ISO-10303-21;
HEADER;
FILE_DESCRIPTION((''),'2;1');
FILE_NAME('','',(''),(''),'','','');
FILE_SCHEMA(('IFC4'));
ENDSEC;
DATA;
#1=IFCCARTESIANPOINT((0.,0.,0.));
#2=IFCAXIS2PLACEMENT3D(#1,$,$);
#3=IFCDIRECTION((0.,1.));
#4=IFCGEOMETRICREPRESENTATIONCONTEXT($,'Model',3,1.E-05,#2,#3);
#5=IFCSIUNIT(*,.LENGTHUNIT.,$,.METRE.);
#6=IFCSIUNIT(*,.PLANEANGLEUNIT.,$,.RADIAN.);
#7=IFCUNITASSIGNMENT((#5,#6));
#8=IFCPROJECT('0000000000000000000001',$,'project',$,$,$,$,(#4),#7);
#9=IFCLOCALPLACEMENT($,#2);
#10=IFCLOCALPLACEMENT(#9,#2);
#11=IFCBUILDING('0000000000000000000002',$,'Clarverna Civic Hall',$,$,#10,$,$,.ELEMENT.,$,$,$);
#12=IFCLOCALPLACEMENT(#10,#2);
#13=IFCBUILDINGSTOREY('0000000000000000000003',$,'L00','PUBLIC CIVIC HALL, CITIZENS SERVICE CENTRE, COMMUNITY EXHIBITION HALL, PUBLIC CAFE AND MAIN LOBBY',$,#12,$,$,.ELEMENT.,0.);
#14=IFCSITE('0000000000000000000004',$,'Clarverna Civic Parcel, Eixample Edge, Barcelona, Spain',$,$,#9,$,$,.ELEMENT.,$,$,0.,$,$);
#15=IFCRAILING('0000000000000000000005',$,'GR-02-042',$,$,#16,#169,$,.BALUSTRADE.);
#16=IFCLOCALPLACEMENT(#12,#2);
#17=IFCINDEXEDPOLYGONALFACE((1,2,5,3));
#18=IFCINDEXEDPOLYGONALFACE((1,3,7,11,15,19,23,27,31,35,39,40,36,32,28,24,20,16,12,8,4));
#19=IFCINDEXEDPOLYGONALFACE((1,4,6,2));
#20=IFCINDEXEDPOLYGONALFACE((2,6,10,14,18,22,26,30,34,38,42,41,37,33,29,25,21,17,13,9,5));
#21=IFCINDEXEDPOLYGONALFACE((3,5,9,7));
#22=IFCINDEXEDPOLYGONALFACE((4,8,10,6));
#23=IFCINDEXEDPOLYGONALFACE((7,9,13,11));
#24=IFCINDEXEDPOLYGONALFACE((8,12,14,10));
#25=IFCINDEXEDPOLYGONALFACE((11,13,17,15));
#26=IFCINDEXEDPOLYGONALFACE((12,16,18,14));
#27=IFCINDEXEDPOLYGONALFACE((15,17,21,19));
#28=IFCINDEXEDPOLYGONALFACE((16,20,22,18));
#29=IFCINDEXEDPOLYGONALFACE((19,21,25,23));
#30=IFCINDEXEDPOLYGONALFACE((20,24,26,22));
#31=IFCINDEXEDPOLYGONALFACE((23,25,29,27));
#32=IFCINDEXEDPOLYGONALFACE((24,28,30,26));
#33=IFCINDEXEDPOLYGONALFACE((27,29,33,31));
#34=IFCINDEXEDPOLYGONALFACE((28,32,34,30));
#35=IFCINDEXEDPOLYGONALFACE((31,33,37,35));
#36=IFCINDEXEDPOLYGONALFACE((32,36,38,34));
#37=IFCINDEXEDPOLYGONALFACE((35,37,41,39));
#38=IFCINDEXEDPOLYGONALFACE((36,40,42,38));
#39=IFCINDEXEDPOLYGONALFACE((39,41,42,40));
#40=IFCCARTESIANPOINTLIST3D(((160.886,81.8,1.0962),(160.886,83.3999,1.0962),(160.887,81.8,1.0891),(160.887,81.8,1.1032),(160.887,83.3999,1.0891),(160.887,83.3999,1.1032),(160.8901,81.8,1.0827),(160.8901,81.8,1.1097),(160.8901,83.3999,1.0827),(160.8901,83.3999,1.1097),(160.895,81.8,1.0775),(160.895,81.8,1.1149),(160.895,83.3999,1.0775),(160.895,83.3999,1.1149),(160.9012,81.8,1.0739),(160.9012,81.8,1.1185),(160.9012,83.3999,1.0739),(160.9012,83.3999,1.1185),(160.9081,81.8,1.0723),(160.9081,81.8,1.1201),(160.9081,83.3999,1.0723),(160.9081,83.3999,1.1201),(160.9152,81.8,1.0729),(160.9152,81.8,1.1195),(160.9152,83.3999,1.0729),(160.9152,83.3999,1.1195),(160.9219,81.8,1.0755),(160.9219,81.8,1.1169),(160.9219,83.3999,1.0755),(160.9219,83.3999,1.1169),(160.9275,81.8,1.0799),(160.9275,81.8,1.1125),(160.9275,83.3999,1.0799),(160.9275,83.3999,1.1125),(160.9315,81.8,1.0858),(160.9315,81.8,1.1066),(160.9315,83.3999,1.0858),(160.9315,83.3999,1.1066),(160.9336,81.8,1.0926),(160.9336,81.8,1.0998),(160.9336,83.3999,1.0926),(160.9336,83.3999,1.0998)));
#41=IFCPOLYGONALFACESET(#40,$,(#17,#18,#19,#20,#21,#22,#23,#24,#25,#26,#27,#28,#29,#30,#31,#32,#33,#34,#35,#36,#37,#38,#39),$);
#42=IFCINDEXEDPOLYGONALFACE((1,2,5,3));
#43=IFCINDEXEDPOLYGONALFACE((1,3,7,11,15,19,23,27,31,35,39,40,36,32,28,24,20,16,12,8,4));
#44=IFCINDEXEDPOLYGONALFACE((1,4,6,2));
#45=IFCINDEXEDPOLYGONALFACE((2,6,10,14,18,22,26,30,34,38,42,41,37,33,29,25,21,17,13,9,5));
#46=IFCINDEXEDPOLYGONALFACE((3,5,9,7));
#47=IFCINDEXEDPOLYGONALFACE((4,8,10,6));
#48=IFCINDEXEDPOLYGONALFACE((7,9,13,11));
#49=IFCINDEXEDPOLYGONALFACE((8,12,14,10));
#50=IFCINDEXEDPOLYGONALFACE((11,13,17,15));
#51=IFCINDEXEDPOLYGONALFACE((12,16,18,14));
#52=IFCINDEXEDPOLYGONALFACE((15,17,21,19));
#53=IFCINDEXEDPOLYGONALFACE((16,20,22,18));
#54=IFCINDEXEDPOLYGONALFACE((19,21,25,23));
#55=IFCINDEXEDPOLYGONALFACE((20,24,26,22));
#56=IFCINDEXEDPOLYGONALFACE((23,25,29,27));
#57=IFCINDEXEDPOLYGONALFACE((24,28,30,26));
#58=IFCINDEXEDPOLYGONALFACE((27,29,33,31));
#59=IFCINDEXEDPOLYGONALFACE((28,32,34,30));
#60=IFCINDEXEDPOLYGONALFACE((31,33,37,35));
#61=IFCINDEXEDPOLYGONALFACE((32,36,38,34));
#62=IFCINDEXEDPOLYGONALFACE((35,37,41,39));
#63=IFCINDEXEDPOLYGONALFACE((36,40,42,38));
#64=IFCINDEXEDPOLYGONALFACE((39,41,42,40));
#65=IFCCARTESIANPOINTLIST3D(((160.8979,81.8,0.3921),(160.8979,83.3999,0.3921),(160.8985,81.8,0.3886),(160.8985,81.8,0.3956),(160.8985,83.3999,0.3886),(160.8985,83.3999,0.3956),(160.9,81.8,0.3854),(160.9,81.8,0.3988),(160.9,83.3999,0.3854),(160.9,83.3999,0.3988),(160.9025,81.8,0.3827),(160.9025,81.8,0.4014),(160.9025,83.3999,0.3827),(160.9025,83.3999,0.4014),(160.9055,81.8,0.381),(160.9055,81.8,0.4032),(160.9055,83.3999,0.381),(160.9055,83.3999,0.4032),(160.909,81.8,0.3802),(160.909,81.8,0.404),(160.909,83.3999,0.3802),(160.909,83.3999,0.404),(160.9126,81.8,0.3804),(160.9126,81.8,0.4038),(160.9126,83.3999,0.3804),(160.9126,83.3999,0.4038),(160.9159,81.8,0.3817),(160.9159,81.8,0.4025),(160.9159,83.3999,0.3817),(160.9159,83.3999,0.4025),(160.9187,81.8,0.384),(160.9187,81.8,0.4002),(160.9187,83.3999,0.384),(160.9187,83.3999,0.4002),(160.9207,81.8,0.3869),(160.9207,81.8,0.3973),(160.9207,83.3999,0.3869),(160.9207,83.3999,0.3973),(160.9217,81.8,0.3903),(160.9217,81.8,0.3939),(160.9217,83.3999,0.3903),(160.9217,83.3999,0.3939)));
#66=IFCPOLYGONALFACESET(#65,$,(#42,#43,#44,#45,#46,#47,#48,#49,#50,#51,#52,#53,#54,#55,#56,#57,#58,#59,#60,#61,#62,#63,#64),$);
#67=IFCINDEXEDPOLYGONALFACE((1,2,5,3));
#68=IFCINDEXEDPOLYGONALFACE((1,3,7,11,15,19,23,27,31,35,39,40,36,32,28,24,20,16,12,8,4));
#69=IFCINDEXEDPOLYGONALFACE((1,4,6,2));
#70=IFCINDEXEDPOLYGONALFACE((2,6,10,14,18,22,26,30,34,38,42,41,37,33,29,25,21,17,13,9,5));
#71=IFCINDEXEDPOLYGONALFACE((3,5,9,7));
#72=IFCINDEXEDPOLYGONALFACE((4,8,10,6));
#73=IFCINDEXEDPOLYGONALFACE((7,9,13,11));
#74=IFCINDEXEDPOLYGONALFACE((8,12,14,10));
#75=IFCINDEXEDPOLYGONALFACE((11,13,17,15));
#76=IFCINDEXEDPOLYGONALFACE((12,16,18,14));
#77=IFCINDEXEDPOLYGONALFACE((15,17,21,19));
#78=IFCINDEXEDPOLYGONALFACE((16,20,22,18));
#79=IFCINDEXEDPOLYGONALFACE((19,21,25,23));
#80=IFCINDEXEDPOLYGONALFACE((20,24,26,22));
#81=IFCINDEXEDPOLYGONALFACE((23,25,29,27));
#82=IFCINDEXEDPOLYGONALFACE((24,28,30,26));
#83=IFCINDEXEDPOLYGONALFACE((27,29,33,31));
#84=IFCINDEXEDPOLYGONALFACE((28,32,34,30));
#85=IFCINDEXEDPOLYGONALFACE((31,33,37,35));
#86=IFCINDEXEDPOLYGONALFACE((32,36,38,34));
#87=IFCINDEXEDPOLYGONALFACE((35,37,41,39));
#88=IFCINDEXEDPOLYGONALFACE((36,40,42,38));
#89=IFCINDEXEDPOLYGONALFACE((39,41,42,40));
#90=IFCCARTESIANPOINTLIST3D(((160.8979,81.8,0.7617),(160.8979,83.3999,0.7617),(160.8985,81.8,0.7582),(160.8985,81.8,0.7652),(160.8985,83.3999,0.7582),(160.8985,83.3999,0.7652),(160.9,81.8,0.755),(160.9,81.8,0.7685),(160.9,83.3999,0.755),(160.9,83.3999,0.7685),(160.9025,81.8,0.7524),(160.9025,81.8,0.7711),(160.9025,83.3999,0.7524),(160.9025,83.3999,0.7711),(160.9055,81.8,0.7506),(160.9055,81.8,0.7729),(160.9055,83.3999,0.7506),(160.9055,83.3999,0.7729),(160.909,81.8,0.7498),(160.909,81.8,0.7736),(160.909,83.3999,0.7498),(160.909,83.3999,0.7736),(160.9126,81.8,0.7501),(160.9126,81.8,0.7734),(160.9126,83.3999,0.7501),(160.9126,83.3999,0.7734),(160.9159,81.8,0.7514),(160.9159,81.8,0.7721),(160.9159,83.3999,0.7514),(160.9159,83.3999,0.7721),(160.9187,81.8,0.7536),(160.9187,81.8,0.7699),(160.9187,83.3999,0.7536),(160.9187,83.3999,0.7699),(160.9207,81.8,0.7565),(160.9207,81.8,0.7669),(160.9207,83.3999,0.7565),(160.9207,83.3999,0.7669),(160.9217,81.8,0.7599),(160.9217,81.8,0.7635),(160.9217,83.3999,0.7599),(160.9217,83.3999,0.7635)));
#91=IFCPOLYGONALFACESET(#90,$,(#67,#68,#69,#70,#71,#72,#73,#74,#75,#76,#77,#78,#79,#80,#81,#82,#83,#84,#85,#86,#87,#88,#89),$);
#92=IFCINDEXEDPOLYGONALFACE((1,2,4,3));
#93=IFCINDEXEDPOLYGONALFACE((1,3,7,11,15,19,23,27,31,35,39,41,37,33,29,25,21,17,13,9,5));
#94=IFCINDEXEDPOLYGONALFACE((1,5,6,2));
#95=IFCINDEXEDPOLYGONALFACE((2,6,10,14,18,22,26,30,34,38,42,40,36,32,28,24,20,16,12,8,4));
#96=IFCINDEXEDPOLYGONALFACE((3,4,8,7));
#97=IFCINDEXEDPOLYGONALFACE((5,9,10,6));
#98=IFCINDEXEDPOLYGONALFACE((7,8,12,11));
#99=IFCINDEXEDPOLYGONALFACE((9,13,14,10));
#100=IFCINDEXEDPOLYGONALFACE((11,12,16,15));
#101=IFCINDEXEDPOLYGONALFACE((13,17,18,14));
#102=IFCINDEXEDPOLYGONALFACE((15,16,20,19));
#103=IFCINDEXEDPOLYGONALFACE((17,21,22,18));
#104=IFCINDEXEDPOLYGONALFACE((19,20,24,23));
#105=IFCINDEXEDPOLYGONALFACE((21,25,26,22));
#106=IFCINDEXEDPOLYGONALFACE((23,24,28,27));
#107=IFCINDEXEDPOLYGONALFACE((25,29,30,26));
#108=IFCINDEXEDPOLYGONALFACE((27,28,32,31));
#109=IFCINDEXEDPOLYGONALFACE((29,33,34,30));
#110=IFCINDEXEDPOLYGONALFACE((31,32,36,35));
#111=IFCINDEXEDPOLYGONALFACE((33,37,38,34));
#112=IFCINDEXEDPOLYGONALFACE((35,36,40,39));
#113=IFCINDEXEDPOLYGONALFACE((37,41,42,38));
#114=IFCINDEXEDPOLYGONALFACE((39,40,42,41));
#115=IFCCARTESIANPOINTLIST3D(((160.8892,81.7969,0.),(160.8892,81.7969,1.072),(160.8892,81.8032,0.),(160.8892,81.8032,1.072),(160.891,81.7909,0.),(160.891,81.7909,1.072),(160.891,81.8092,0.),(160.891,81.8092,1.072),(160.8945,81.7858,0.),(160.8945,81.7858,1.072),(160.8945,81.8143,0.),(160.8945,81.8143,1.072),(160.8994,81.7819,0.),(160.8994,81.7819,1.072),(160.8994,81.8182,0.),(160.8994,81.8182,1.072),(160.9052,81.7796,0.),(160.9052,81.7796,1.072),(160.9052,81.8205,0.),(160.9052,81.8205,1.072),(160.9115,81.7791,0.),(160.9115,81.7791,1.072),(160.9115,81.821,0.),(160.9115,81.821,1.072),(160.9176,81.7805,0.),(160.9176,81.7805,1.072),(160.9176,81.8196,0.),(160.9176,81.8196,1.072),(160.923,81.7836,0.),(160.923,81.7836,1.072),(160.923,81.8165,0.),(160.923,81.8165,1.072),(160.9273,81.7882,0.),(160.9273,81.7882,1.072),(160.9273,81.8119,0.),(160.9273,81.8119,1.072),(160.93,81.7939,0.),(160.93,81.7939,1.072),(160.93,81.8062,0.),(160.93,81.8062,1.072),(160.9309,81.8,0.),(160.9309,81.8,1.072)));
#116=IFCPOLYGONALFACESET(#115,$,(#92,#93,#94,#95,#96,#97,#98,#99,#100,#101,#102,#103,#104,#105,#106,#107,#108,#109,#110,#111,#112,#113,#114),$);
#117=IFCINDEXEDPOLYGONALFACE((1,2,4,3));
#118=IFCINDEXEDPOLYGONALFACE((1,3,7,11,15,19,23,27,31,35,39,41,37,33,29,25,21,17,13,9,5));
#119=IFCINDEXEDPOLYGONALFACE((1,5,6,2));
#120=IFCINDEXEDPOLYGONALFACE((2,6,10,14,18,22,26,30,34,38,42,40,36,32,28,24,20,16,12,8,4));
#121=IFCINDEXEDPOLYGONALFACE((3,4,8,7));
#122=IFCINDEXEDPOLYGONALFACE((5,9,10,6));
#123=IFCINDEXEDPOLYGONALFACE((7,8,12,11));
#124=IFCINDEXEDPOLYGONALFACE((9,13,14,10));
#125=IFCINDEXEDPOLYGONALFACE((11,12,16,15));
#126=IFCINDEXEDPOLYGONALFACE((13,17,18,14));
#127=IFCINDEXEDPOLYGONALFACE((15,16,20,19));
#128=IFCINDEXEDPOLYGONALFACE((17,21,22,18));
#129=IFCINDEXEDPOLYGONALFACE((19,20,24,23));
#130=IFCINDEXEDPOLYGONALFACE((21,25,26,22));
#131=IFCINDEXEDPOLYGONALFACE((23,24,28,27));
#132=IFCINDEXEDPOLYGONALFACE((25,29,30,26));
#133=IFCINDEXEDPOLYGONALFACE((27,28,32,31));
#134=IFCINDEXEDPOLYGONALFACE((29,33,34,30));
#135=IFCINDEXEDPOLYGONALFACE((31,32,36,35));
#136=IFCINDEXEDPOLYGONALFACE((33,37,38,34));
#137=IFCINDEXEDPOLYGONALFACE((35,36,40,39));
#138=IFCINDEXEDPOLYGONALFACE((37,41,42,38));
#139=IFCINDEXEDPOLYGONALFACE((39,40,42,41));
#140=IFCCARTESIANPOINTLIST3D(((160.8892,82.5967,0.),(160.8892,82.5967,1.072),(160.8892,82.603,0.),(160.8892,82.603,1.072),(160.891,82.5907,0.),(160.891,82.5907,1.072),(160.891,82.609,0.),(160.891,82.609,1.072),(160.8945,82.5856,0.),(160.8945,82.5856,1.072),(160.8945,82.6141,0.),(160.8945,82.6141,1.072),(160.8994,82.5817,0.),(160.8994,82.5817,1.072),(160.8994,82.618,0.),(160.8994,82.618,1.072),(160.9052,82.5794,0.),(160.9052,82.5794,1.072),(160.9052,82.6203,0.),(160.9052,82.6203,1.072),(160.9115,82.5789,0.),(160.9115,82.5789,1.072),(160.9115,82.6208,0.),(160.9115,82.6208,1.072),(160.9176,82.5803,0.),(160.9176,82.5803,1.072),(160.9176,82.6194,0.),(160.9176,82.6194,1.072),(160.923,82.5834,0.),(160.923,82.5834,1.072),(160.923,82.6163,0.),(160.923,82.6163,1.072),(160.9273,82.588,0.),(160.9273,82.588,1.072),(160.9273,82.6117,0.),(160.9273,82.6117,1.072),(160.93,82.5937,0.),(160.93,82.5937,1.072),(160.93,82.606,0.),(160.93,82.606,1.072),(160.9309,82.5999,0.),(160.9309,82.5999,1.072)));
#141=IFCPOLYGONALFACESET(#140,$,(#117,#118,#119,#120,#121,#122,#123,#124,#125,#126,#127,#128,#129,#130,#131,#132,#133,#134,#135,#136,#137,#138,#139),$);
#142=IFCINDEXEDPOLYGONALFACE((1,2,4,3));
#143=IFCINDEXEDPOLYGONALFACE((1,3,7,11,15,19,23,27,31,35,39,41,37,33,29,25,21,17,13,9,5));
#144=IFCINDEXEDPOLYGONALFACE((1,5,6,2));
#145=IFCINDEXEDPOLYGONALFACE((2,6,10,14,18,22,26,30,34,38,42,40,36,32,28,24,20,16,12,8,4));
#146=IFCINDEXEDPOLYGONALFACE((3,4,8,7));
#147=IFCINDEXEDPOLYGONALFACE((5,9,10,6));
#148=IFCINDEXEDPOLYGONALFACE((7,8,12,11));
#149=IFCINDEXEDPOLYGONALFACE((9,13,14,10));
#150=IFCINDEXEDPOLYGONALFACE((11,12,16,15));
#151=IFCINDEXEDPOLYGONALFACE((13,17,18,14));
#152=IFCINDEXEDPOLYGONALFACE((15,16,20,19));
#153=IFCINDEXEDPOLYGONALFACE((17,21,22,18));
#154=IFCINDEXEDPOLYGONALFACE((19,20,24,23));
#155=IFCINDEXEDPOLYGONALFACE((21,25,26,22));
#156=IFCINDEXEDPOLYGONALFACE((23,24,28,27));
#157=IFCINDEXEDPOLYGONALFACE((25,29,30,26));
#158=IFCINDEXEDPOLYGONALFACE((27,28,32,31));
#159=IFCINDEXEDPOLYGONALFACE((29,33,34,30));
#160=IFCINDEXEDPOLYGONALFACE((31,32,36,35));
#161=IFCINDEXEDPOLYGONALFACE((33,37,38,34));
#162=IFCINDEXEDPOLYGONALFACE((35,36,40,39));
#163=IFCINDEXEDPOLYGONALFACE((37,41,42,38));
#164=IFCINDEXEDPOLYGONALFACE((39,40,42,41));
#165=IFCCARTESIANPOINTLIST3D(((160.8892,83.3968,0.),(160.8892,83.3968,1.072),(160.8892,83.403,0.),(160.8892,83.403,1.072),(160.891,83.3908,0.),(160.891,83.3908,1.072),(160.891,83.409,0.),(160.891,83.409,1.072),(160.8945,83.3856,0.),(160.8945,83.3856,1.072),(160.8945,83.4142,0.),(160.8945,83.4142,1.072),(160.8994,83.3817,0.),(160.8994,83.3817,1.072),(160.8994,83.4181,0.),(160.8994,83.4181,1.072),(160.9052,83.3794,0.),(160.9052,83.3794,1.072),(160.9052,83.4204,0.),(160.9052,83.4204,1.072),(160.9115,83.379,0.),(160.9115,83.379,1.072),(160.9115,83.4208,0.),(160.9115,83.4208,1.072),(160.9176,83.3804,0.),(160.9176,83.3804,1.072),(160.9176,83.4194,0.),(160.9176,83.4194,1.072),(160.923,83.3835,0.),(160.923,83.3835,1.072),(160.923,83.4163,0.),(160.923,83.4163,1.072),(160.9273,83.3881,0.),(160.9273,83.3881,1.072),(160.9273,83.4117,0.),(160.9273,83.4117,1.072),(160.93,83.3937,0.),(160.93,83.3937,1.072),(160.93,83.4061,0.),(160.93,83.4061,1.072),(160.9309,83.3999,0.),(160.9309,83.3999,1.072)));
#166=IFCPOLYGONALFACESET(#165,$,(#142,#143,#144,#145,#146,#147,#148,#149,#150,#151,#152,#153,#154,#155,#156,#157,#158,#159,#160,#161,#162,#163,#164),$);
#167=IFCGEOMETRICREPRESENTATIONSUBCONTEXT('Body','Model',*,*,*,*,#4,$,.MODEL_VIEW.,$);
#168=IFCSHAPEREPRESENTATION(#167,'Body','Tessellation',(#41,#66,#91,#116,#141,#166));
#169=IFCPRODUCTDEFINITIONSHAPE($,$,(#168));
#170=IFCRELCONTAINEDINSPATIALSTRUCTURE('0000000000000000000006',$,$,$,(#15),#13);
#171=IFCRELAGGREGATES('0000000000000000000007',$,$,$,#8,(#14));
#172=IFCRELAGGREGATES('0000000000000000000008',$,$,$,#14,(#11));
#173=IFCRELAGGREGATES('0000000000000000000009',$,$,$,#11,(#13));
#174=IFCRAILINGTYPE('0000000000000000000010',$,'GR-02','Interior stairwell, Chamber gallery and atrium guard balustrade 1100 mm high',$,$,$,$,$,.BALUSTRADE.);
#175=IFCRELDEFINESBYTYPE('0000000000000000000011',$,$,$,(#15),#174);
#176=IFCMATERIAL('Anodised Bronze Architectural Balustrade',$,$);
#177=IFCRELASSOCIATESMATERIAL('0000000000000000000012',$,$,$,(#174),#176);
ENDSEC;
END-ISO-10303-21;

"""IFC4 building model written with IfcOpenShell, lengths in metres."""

from ifc_helpers import new_model, si_unit, direction, frame, origin, origin_2d, place, context, subcontext, project, spatial, circle, extrude, material, type_object, element, save


model = new_model("IFC4")

# Units and contexts
model_context = context("Model", 3, precision=1e-05, world=origin(), true_north=direction((0.0, 1.0)))
body_context = subcontext(model_context, "Body", "Model", "MODEL_VIEW")
ifc_project = project(units=[si_unit("LENGTHUNIT", "METRE"), si_unit("PLANEANGLEUNIT", "RADIAN")], contexts=[model_context])

# Site, building, storey
site_placement = place(None, origin())
site = spatial("IfcSite", under=ifc_project, at=site_placement, Name="Clarverna Civic Parcel, Eixample Edge, Barcelona, Spain", CompositionType="ELEMENT", RefElevation=0.0)
building_placement = place(site_placement, origin())
building = spatial("IfcBuilding", under=site, at=building_placement, Name="Clarverna Civic Hall", CompositionType="ELEMENT")
storey_placement = place(building_placement, origin())
storey = spatial("IfcBuildingStorey", under=building, at=storey_placement, Name="L00", Description="PUBLIC CIVIC HALL, CITIZENS SERVICE CENTRE, COMMUNITY EXHIBITION HALL, PUBLIC CAFE AND MAIN LOBBY", CompositionType="ELEMENT", Elevation=0.0)

# Railing
ifc_material_1 = material(Name="Anodised Bronze Architectural Balustrade")
railing_type_1 = type_object("IfcRailingType", Name="GR-02", Description="Interior stairwell, Chamber gallery and atrium guard balustrade 1100 mm high", PredefinedType="BALUSTRADE", material=ifc_material_1)
railing_1_placement = place(storey_placement, frame((160.9099, 81.8, 0.0)))
element("IfcRailing", 1, at=railing_1_placement, inside=storey, type_object=railing_type_1, Name="GR-02-042", PredefinedType="BALUSTRADE", context=body_context, shape_type="SweptSolid", body=[
    extrude(circle(Radius=0.0239, at=origin_2d()), frame((0.0, 0.0, 1.0962), z_axis=(0.0, 1.0, 0.0), x_axis=(-1.0, 0.0, 0.0)), (0.0, 0.0, 1.0), 1.5999),
    extrude(circle(Radius=0.012, at=origin_2d()), frame((0.0, 0.0, 0.3921), z_axis=(0.0, 1.0, 0.0), x_axis=(-1.0, 0.0, 0.0)), (0.0, 0.0, 1.0), 1.5999),
    extrude(circle(Radius=0.012, at=origin_2d()), frame((0.0, 0.0, 0.7617), z_axis=(0.0, 1.0, 0.0), x_axis=(-1.0, 0.0, 0.0)), (0.0, 0.0, 1.0), 1.5999),
    extrude(circle(Radius=0.021, at=origin_2d()), origin(), (0.0, 0.0, 1.0), 1.072),
    extrude(circle(Radius=0.021, at=origin_2d()), frame((0.0, 0.7998, 0.0)), (0.0, 0.0, 1.0), 1.072),
    extrude(circle(Radius=0.021, at=origin_2d()), frame((0.0, 1.5999, 0.0)), (0.0, 0.0, 1.0), 1.072),
])

save(model, "model.ifc")
